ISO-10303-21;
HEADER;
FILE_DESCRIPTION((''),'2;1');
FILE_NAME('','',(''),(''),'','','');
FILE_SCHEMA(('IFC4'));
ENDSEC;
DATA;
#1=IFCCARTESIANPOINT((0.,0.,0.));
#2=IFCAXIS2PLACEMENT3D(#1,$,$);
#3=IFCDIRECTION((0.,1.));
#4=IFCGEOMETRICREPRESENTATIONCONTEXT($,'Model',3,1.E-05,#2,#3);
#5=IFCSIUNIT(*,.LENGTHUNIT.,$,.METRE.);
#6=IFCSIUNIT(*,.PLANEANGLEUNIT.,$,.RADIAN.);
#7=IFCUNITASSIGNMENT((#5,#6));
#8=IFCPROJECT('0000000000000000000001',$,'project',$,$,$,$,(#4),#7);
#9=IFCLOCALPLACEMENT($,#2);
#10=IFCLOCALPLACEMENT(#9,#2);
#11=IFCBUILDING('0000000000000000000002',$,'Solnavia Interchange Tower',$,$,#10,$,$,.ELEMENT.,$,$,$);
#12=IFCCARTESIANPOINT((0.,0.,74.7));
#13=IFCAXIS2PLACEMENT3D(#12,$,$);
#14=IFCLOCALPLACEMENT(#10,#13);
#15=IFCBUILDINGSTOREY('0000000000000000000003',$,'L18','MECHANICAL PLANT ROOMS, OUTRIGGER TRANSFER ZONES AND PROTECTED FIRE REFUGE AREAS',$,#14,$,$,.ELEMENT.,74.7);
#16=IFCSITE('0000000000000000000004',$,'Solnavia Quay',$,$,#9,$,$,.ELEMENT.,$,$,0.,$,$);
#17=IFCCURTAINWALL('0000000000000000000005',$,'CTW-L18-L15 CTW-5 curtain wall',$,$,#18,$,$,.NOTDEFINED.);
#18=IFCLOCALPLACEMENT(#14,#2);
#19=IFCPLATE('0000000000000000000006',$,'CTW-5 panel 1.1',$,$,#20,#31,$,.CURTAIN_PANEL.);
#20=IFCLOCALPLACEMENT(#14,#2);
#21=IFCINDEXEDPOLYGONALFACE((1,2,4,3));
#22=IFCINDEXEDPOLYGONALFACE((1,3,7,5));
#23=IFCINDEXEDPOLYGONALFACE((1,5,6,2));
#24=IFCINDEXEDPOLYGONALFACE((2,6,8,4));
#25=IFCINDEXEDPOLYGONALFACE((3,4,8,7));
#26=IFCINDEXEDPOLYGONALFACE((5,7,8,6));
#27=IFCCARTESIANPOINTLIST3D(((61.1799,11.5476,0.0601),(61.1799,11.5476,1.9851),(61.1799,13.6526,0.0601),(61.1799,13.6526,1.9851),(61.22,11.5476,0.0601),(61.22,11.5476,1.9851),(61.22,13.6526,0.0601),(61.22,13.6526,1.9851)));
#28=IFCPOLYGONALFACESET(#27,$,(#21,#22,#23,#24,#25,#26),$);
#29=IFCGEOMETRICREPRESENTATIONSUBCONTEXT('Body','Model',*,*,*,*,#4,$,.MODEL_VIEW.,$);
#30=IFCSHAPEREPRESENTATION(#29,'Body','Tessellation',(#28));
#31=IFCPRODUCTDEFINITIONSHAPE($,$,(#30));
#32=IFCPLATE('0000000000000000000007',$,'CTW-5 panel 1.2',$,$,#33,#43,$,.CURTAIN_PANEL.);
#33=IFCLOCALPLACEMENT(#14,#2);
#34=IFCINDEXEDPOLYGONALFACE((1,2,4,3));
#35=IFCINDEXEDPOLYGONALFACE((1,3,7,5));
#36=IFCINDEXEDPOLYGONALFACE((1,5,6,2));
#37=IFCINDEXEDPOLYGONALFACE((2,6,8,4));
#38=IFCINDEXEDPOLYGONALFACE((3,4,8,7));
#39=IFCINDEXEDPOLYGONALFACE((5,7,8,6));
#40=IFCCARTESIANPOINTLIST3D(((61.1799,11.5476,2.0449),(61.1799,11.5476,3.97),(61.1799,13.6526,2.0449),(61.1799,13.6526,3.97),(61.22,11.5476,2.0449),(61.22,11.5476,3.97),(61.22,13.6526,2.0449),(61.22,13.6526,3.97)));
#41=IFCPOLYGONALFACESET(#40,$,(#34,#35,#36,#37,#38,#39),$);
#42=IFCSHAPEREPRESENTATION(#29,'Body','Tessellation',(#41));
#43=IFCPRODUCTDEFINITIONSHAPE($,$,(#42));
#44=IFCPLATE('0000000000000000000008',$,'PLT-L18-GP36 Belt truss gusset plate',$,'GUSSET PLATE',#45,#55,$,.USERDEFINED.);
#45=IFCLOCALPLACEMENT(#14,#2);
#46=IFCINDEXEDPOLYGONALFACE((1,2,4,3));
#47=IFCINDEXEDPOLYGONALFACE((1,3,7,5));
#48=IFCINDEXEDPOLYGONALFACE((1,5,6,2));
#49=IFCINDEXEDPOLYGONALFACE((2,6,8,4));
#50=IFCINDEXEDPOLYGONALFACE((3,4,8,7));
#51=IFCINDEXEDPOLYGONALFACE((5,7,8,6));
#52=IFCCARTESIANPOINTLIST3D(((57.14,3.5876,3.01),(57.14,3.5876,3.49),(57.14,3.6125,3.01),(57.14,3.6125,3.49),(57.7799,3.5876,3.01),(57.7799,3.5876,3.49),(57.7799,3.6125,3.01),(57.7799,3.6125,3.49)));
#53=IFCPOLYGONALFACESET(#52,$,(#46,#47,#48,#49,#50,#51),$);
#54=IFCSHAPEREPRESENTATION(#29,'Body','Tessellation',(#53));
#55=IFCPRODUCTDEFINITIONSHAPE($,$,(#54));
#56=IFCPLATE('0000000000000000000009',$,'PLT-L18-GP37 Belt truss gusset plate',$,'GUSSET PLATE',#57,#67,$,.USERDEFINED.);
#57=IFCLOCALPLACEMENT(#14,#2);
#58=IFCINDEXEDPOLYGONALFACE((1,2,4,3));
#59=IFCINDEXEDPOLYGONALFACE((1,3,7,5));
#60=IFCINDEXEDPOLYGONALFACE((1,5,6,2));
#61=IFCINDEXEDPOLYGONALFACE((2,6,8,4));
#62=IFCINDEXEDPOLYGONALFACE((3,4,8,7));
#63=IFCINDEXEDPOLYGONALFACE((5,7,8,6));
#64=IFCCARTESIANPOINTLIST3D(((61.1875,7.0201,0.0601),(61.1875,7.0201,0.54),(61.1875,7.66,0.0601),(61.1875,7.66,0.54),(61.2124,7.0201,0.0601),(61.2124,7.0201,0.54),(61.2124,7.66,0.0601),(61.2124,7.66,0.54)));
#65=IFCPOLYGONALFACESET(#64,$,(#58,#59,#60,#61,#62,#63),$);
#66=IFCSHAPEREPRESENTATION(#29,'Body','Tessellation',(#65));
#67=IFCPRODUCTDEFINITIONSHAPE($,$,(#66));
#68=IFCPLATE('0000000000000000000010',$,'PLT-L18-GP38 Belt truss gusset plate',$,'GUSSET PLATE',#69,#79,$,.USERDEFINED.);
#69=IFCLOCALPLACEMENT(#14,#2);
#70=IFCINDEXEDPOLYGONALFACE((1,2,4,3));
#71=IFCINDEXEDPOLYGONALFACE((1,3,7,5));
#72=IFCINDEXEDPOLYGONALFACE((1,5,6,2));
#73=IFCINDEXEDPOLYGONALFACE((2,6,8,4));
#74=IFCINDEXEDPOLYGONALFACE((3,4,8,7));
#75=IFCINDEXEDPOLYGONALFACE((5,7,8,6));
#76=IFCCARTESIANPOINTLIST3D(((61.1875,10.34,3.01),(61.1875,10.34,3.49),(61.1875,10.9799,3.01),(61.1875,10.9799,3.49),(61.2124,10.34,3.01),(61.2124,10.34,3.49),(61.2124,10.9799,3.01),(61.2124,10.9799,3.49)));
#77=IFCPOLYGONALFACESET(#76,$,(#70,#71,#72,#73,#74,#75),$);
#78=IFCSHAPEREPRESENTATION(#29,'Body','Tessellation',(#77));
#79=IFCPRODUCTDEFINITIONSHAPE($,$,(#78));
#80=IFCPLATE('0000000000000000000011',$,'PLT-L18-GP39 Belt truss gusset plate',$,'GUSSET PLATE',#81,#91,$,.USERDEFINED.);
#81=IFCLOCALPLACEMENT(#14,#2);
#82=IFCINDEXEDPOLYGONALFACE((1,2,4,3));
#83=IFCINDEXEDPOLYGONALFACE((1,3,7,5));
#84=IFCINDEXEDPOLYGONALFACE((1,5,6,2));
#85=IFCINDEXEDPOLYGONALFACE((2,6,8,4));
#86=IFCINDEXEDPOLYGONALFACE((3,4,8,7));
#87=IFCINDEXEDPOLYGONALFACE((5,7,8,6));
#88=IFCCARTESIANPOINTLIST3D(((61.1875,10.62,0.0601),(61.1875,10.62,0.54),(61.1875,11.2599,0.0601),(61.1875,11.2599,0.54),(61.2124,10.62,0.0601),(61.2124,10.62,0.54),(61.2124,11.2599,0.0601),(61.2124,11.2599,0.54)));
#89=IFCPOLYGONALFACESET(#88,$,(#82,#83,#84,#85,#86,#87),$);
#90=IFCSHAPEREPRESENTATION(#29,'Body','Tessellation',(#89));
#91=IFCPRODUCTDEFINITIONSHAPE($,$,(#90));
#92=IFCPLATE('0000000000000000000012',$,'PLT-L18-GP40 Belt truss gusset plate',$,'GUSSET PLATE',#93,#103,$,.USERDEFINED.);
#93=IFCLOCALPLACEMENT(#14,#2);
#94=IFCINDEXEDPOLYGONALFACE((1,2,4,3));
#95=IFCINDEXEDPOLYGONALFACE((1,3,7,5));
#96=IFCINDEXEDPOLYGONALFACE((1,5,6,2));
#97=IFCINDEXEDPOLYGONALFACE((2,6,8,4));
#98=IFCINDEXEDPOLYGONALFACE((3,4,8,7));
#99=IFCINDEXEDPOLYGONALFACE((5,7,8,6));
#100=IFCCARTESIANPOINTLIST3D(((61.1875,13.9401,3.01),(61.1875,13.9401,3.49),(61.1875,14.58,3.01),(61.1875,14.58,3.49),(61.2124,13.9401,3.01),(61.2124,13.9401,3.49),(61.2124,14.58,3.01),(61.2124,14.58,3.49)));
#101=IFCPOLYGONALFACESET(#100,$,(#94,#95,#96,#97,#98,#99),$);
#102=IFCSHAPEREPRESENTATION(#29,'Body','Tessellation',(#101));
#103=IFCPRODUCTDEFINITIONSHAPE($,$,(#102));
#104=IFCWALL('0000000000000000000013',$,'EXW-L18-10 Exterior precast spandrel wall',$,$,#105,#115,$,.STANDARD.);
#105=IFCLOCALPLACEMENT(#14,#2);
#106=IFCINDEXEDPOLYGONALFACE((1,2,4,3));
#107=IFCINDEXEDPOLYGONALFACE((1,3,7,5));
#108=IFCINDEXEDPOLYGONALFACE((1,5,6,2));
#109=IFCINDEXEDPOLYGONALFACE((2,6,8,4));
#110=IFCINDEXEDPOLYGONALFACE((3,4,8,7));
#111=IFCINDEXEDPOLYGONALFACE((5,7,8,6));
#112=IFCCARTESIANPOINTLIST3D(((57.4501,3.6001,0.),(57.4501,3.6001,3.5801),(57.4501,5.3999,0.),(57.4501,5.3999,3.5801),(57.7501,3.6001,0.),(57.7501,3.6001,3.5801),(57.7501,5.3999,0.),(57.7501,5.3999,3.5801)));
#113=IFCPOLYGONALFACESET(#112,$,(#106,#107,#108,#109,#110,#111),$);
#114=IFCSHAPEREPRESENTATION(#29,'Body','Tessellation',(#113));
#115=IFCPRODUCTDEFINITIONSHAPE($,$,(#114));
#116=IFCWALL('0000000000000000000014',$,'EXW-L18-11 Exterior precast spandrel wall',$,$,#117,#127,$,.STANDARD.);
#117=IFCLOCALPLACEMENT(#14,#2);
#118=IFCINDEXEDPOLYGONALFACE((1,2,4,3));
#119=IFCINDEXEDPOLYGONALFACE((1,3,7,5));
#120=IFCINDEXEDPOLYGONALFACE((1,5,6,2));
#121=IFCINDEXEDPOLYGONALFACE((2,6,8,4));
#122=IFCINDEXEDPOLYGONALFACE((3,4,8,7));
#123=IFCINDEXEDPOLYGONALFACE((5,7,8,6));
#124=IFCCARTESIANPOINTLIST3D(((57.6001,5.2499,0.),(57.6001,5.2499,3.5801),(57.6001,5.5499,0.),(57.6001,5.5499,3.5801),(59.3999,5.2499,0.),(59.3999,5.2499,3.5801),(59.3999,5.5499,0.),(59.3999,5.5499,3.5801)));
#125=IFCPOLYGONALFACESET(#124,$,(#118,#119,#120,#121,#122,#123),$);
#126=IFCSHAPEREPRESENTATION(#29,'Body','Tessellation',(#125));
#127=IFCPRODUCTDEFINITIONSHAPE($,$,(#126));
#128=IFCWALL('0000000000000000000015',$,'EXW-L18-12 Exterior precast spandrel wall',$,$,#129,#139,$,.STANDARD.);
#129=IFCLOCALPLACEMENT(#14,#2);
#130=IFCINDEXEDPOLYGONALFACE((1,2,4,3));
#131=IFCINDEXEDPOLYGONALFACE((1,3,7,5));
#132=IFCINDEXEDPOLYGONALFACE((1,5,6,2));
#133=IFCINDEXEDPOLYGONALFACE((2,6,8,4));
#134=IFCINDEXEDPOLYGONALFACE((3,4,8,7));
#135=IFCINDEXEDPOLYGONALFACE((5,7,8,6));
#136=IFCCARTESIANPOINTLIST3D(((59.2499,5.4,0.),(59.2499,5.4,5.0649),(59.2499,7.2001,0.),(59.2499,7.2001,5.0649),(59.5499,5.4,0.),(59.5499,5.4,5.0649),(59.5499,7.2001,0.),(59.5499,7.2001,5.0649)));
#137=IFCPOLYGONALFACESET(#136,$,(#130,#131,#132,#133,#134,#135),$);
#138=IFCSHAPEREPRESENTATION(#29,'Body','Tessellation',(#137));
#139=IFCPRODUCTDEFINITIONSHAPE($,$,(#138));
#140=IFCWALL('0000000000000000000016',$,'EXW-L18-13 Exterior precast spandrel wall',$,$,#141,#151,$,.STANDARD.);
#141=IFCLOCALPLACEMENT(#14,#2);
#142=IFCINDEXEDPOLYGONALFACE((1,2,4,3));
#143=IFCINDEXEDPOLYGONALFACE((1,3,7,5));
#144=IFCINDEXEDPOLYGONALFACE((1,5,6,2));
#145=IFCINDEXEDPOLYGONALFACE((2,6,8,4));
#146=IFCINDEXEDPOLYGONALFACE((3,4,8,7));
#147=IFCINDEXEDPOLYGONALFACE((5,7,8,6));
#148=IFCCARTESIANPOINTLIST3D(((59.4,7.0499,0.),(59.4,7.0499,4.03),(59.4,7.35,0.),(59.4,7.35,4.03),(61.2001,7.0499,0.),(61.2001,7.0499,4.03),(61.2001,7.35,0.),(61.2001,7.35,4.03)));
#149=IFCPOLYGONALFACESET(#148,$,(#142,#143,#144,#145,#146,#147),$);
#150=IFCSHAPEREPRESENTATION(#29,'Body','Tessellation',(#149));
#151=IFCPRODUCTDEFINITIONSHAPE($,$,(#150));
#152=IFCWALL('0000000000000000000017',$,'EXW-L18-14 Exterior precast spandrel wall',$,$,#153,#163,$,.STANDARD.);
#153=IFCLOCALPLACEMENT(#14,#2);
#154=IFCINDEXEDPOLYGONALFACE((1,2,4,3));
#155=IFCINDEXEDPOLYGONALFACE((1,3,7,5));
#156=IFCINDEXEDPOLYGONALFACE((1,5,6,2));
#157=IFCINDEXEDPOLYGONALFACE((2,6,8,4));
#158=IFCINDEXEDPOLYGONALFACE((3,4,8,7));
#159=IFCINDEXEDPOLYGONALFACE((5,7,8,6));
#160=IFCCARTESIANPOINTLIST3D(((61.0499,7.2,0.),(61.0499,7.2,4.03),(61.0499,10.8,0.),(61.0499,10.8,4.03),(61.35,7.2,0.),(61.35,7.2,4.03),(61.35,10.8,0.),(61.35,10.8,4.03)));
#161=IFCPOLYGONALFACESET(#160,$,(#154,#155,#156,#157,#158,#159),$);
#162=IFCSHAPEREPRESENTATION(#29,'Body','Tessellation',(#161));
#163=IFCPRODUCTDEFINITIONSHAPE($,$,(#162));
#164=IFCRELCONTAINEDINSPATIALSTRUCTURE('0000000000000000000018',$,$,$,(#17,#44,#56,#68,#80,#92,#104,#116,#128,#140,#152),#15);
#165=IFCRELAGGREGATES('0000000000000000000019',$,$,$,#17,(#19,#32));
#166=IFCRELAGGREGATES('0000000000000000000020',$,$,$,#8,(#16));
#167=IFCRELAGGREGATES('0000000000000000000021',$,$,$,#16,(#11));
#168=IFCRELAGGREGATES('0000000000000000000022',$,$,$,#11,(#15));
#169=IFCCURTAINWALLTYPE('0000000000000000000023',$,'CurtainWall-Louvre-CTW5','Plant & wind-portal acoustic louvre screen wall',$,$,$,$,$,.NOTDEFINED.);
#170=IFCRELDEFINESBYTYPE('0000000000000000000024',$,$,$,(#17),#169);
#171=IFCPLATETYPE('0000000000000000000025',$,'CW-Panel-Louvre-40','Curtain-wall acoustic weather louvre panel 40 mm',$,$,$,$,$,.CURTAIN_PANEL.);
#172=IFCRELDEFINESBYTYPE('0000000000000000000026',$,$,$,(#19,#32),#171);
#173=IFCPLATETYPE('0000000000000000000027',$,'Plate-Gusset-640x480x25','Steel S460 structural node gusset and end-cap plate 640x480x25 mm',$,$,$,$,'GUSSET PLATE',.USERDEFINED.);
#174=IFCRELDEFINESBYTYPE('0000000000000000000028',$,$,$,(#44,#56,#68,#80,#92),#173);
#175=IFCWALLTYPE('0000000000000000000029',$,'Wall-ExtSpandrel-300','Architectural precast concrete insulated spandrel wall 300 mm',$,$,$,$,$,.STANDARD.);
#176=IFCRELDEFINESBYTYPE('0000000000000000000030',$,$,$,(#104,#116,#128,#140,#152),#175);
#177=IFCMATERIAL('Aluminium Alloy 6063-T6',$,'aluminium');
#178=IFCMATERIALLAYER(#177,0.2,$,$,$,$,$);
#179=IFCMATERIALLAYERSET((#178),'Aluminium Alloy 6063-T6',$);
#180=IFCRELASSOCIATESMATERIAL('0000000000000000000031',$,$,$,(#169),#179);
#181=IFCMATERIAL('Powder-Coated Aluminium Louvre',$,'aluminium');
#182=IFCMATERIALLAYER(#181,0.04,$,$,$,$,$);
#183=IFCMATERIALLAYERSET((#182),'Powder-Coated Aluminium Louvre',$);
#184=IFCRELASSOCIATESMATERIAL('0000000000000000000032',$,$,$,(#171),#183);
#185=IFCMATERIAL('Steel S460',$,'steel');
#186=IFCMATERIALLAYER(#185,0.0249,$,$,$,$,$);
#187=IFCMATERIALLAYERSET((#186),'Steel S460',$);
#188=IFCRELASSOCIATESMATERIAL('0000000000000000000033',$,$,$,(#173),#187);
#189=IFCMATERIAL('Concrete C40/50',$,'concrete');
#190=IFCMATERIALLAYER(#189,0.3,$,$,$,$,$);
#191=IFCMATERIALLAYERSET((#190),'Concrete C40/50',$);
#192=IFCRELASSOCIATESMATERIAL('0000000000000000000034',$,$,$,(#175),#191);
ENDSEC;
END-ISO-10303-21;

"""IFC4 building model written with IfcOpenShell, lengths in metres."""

from ifc_helpers import new_model, si_unit, direction, frame, frame_2d, origin, origin_2d, place, context, subcontext, project, spatial, rectangle, extrude, material, layer, layer_set, type_object, element, aggregate, save


model = new_model("IFC4")

# Units and contexts
model_context = context("Model", 3, precision=1e-05, world=origin(), true_north=direction((0.0, 1.0)))
body_context = subcontext(model_context, "Body", "Model", "MODEL_VIEW")
ifc_project = project(units=[si_unit("LENGTHUNIT", "METRE"), si_unit("PLANEANGLEUNIT", "RADIAN")], contexts=[model_context])

# Site, building, storey
site_placement = place(None, origin())
site = spatial("IfcSite", under=ifc_project, at=site_placement, Name="Solnavia Quay", CompositionType="ELEMENT", RefElevation=0.0)
building_placement = place(site_placement, origin())
building = spatial("IfcBuilding", under=site, at=building_placement, Name="Solnavia Interchange Tower", CompositionType="ELEMENT")
storey_placement = place(building_placement, frame((0.0, 0.0, 74.7)))
storey = spatial("IfcBuildingStorey", under=building, at=storey_placement, Name="L18", Description="MECHANICAL PLANT ROOMS, OUTRIGGER TRANSFER ZONES AND PROTECTED FIRE REFUGE AREAS", CompositionType="ELEMENT", Elevation=74.7)

# Shared definitions
ifc_material_1 = material(Name="Aluminium Alloy 6063-T6", Category="aluminium")
ifc_layer_1 = layer(ifc_material_1, 0.2)
ifc_layer_set_1 = layer_set([ifc_layer_1], Name="Aluminium Alloy 6063-T6")
curtain_wall_type = type_object("IfcCurtainWallType", Name="CurtainWall-Louvre-CTW5", Description="Plant & wind-portal acoustic louvre screen wall", PredefinedType="NOTDEFINED", material=ifc_layer_set_1)

# Curtain wall
curtain_wall_1_placement = place(storey_placement, origin())
curtain_wall_1 = element("IfcCurtainWall", 1, at=curtain_wall_1_placement, inside=storey, type_object=curtain_wall_type, Name="CTW-L18-L15 CTW-5 curtain wall", PredefinedType="NOTDEFINED")

# Shared definitions
ifc_material_2 = material(Name="Steel S460", Category="steel")

# Plates
ifc_material_3 = material(Name="Powder-Coated Aluminium Louvre", Category="aluminium")
ifc_layer_2 = layer(ifc_material_3, 0.04)
ifc_layer_set_2 = layer_set([ifc_layer_2], Name="Powder-Coated Aluminium Louvre")
plate_type_1 = type_object("IfcPlateType", Name="CW-Panel-Louvre-40", Description="Curtain-wall acoustic weather louvre panel 40 mm", PredefinedType="CURTAIN_PANEL", material=ifc_layer_set_2)
plate_1_placement = place(storey_placement, frame((61.2, 12.6001, 0.0601), z_axis=(0.0, 0.0, 1.0), x_axis=(0.0, 1.0, 0.0)))
plate_1 = element("IfcPlate", 2, at=plate_1_placement, type_object=plate_type_1, Name="CTW-5 panel 1.1", PredefinedType="CURTAIN_PANEL", context=body_context, shape_type="SweptSolid", body=[
    extrude(rectangle(XDim=2.105, YDim=0.04, at=origin_2d()), origin(), (0.0, 0.0, 1.0), 1.925),
])
plate_2_placement = place(storey_placement, frame((61.2, 12.6001, 2.0449), z_axis=(0.0, 0.0, 1.0), x_axis=(0.0, 1.0, 0.0)))
plate_2 = element("IfcPlate", 3, at=plate_2_placement, type_object=plate_type_1, Name="CTW-5 panel 1.2", PredefinedType="CURTAIN_PANEL", context=body_context, shape_type="SweptSolid", body=[
    extrude(rectangle(XDim=2.105, YDim=0.04, at=origin_2d()), origin(), (0.0, 0.0, 1.0), 1.925),
])
aggregate(curtain_wall_1, [plate_1, plate_2])

# Plates
ifc_layer_3 = layer(ifc_material_2, 0.0249)
ifc_layer_set_3 = layer_set([ifc_layer_3], Name="Steel S460")
plate_type_2 = type_object("IfcPlateType", Name="Plate-Gusset-640x480x25", Description="Steel S460 structural node gusset and end-cap plate 640x480x25 mm", ElementType="GUSSET PLATE", PredefinedType="USERDEFINED", material=ifc_layer_set_3)
for number, where, z_axis, x_axis, name in (
    (4, (57.46, 3.6001, 3.01), (0.0, 0.0, 1.0), (1.0, 0.0, 0.0), "PLT-L18-GP36 Belt truss gusset plate"),
    (5, (61.2, 7.3401, 0.0601), (0.0, 0.0, 1.0), (0.0, 1.0, 0.0), "PLT-L18-GP37 Belt truss gusset plate"),
    (6, (61.2, 10.6599, 3.01), (0.0, 0.0, 1.0), (0.0, 1.0, 0.0), "PLT-L18-GP38 Belt truss gusset plate"),
    (7, (61.2, 10.9399, 0.0601), (0.0, 0.0, 1.0), (0.0, 1.0, 0.0), "PLT-L18-GP39 Belt truss gusset plate"),
    (8, (61.2, 14.26, 3.01), (0.0, 0.0, 1.0), (0.0, 1.0, 0.0), "PLT-L18-GP40 Belt truss gusset plate"),
):
    element("IfcPlate", number, at=place(storey_placement, frame(where, z_axis=z_axis, x_axis=x_axis)), inside=storey, type_object=plate_type_2, Name=name, ObjectType="GUSSET PLATE", PredefinedType="USERDEFINED", context=body_context, shape_type="SweptSolid", body=[
        extrude(rectangle(XDim=0.6399, YDim=0.0249, at=origin_2d()), origin(), (0.0, 0.0, 1.0), 0.48),
    ])

# Walls
ifc_material_4 = material(Name="Concrete C40/50", Category="concrete")
ifc_layer_4 = layer(ifc_material_4, 0.3)
ifc_layer_set_4 = layer_set([ifc_layer_4], Name="Concrete C40/50")
wall_type = type_object("IfcWallType", Name="Wall-ExtSpandrel-300", Description="Architectural precast concrete insulated spandrel wall 300 mm", PredefinedType="STANDARD", material=ifc_layer_set_4)
for number, where, z_axis, x_axis, name in (
    (9, (57.6001, 5.3999, 0.0), (0.0, 0.0, 1.0), (0.0, -1.0, 0.0), "EXW-L18-10 Exterior precast spandrel wall"),
    (10, (59.3999, 5.3999, 0.0), (0.0, 0.0, 1.0), (-1.0, 0.0, 0.0), "EXW-L18-11 Exterior precast spandrel wall"),
):
    element("IfcWall", number, at=place(storey_placement, frame(where, z_axis=z_axis, x_axis=x_axis)), inside=storey, type_object=wall_type, Name=name, PredefinedType="STANDARD", context=body_context, shape_type="SweptSolid", body=[
        extrude(rectangle(XDim=1.7998, YDim=0.3, at=frame_2d((0.8999, 0.0))), origin(), (0.0, 0.0, 1.0), 3.5801),
    ])
wall_1_placement = place(storey_placement, frame((59.3999, 7.2, 0.0), z_axis=(0.0, 0.0, 1.0), x_axis=(0.0, -1.0, 0.0)))
element("IfcWall", 11, at=wall_1_placement, inside=storey, type_object=wall_type, Name="EXW-L18-12 Exterior precast spandrel wall", PredefinedType="STANDARD", context=body_context, shape_type="SweptSolid", body=[
    extrude(rectangle(XDim=1.8, YDim=0.3, at=frame_2d((0.8999, 0.0))), origin(), (0.0, 0.0, 1.0), 5.0649),
])
wall_2_placement = place(storey_placement, frame((61.2, 7.2, 0.0), z_axis=(0.0, 0.0, 1.0), x_axis=(-1.0, 0.0, 0.0)))
element("IfcWall", 12, at=wall_2_placement, inside=storey, type_object=wall_type, Name="EXW-L18-13 Exterior precast spandrel wall", PredefinedType="STANDARD", context=body_context, shape_type="SweptSolid", body=[
    extrude(rectangle(XDim=1.8, YDim=0.3, at=frame_2d((0.8999, 0.0))), origin(), (0.0, 0.0, 1.0), 4.03),
])
wall_3_placement = place(storey_placement, frame((61.2, 10.8, 0.0), z_axis=(0.0, 0.0, 1.0), x_axis=(0.0, -1.0, 0.0)))
element("IfcWall", 13, at=wall_3_placement, inside=storey, type_object=wall_type, Name="EXW-L18-14 Exterior precast spandrel wall", PredefinedType="STANDARD", context=body_context, shape_type="SweptSolid", body=[
    extrude(rectangle(XDim=3.6001, YDim=0.3, at=frame_2d((1.8, 0.0))), origin(), (0.0, 0.0, 1.0), 4.03),
])

save(model, "model.ifc")
